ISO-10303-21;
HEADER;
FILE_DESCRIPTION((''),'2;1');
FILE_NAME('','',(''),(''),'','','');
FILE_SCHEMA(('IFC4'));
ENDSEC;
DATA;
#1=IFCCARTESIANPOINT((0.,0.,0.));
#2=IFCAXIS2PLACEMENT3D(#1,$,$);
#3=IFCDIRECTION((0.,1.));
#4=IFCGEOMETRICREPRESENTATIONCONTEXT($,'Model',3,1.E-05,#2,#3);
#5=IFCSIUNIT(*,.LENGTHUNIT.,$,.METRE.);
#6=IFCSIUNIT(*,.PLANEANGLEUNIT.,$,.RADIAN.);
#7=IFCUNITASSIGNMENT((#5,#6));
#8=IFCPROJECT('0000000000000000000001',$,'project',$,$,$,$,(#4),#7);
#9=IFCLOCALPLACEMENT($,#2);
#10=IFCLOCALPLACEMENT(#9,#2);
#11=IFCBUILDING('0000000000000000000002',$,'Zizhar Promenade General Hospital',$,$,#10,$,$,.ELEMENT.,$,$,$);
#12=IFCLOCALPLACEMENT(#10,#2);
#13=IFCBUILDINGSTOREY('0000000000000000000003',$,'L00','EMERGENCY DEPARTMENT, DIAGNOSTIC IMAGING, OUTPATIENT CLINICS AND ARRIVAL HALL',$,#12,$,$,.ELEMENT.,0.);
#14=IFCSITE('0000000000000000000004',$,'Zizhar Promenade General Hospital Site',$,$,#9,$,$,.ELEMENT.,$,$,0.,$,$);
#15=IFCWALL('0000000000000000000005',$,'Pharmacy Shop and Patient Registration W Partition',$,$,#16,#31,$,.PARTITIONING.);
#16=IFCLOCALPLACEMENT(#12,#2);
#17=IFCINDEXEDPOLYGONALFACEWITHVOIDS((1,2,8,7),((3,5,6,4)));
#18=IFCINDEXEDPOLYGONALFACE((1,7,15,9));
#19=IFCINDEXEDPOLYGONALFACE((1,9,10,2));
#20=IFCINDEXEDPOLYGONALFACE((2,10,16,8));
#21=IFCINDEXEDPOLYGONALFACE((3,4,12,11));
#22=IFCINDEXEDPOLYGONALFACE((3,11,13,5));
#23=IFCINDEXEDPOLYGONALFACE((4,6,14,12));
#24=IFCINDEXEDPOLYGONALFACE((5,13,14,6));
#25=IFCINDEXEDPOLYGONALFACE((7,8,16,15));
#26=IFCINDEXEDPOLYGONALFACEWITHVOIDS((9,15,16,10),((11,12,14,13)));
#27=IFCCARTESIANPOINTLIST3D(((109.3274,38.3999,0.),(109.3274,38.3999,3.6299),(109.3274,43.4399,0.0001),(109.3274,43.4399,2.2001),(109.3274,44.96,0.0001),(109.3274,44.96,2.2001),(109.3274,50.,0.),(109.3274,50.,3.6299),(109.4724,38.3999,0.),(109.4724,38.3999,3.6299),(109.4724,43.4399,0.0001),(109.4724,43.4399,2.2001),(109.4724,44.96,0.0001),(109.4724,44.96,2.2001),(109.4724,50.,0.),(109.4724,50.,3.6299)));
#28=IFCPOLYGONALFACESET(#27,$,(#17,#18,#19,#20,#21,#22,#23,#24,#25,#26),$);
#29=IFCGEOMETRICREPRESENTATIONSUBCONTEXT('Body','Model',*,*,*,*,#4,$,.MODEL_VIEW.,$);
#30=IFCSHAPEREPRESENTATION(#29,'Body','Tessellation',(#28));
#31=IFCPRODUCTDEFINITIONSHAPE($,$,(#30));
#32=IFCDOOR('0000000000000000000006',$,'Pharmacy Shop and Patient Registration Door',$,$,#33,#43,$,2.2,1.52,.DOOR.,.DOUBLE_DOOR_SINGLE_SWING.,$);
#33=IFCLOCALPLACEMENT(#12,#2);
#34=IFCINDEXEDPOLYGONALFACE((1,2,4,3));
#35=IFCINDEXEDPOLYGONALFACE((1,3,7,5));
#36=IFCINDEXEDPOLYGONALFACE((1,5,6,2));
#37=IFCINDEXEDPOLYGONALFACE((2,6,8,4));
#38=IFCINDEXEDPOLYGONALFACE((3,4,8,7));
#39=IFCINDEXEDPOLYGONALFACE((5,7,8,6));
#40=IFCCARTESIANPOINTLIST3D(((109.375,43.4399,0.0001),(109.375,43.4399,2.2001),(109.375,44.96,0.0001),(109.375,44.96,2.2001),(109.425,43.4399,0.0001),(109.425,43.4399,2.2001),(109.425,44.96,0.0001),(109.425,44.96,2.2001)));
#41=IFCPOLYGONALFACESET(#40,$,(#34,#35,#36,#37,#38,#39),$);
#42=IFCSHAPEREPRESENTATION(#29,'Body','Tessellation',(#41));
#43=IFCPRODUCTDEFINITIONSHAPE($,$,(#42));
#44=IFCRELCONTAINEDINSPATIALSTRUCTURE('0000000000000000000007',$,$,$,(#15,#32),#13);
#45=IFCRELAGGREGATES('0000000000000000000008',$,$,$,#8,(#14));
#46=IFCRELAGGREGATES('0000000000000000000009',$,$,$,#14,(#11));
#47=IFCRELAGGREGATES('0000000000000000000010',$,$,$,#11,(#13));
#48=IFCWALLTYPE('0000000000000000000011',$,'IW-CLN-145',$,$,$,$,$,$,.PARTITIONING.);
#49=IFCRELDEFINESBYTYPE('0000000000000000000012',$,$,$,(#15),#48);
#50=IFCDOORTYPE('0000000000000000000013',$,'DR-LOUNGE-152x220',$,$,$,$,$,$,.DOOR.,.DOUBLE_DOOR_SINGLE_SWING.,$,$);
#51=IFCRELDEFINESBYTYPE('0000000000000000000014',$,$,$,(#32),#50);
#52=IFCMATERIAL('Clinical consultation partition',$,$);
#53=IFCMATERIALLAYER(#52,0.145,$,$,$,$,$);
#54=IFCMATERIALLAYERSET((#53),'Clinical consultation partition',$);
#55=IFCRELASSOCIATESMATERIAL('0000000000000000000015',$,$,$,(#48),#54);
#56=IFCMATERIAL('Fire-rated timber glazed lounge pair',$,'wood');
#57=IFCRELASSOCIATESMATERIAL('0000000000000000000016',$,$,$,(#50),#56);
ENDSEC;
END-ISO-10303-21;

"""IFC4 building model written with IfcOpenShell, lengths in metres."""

from ifc_helpers import new_model, si_unit, direction, frame, frame_2d, origin, place, context, subcontext, project, spatial, rectangle, extrude, material, layer, layer_set, type_object, element, fill, save


model = new_model("IFC4")

# Units and contexts
model_context = context("Model", 3, precision=1e-05, world=origin(), true_north=direction((0.0, 1.0)))
body_context = subcontext(model_context, "Body", "Model", "MODEL_VIEW")
ifc_project = project(units=[si_unit("LENGTHUNIT", "METRE"), si_unit("PLANEANGLEUNIT", "RADIAN")], contexts=[model_context])

# Site, building, storey
site_placement = place(None, origin())
site = spatial("IfcSite", under=ifc_project, at=site_placement, Name="Zizhar Promenade General Hospital Site", CompositionType="ELEMENT", RefElevation=0.0)
building_placement = place(site_placement, origin())
building = spatial("IfcBuilding", under=site, at=building_placement, Name="Zizhar Promenade General Hospital", CompositionType="ELEMENT")
storey_placement = place(building_placement, origin())
storey = spatial("IfcBuildingStorey", under=building, at=storey_placement, Name="L00", Description="EMERGENCY DEPARTMENT, DIAGNOSTIC IMAGING, OUTPATIENT CLINICS AND ARRIVAL HALL", CompositionType="ELEMENT", Elevation=0.0)

# Shared definitions
ifc_material_1 = material(Name="Clinical consultation partition")
ifc_layer_1 = layer(ifc_material_1, 0.145)
ifc_layer_set_1 = layer_set([ifc_layer_1], Name="Clinical consultation partition")
wall_type = type_object("IfcWallType", Name="IW-CLN-145", PredefinedType="PARTITIONING", material=ifc_layer_set_1)

# Wall, opening, door
wall_1_placement = place(storey_placement, frame((109.3999, 38.3999, 0.0), z_axis=(0.0, 0.0, 1.0), x_axis=(0.0, 1.0, 0.0)))
wall_1 = element("IfcWall", 1, at=wall_1_placement, inside=storey, type_object=wall_type, Name="Pharmacy Shop and Patient Registration W Partition", PredefinedType="PARTITIONING", context=body_context, shape_type="SweptSolid", body=[
    extrude(rectangle(XDim=11.6001, YDim=0.145, at=frame_2d((5.8, 0.0))), origin(), (0.0, 0.0, 1.0), 3.6299),
])
opening_placement = place(wall_1_placement, frame((5.04, 0.0, 0.0)))
opening = element("IfcOpeningElement", 2, at=opening_placement, cuts=wall_1, PredefinedType="OPENING", context=body_context, shape_type="SweptSolid", body=[
    extrude(rectangle(XDim=1.52, YDim=2.2, at=frame_2d((0.76, 1.1001))), frame((0.0, 0.0825, 0.0), z_axis=(0.0, -1.0, 0.0), x_axis=(1.0, 0.0, 0.0)), (0.0, 0.0, 1.0), 0.165),
])
ifc_material_2 = material(Name="Fire-rated timber glazed lounge pair", Category="wood")
door_type = type_object("IfcDoorType", Name="DR-LOUNGE-152x220", OperationType="DOUBLE_DOOR_SINGLE_SWING", PredefinedType="DOOR", material=ifc_material_2)
door_placement = place(opening_placement, origin())
door = element("IfcDoor", 3, at=door_placement, inside=storey, type_object=door_type, Name="Pharmacy Shop and Patient Registration Door", OperationType="DOUBLE_DOOR_SINGLE_SWING", OverallHeight=2.2, OverallWidth=1.52, PredefinedType="DOOR", context=body_context, shape_type="SweptSolid", body=[
    extrude(rectangle(XDim=1.52, YDim=2.2, at=frame_2d((0.76, 1.1001))), frame((0.0, 0.0249, 0.0), z_axis=(0.0, -1.0, 0.0), x_axis=(1.0, 0.0, 0.0)), (0.0, 0.0, 1.0), 0.05),
])
fill(opening, door)

save(model, "model.ifc")
